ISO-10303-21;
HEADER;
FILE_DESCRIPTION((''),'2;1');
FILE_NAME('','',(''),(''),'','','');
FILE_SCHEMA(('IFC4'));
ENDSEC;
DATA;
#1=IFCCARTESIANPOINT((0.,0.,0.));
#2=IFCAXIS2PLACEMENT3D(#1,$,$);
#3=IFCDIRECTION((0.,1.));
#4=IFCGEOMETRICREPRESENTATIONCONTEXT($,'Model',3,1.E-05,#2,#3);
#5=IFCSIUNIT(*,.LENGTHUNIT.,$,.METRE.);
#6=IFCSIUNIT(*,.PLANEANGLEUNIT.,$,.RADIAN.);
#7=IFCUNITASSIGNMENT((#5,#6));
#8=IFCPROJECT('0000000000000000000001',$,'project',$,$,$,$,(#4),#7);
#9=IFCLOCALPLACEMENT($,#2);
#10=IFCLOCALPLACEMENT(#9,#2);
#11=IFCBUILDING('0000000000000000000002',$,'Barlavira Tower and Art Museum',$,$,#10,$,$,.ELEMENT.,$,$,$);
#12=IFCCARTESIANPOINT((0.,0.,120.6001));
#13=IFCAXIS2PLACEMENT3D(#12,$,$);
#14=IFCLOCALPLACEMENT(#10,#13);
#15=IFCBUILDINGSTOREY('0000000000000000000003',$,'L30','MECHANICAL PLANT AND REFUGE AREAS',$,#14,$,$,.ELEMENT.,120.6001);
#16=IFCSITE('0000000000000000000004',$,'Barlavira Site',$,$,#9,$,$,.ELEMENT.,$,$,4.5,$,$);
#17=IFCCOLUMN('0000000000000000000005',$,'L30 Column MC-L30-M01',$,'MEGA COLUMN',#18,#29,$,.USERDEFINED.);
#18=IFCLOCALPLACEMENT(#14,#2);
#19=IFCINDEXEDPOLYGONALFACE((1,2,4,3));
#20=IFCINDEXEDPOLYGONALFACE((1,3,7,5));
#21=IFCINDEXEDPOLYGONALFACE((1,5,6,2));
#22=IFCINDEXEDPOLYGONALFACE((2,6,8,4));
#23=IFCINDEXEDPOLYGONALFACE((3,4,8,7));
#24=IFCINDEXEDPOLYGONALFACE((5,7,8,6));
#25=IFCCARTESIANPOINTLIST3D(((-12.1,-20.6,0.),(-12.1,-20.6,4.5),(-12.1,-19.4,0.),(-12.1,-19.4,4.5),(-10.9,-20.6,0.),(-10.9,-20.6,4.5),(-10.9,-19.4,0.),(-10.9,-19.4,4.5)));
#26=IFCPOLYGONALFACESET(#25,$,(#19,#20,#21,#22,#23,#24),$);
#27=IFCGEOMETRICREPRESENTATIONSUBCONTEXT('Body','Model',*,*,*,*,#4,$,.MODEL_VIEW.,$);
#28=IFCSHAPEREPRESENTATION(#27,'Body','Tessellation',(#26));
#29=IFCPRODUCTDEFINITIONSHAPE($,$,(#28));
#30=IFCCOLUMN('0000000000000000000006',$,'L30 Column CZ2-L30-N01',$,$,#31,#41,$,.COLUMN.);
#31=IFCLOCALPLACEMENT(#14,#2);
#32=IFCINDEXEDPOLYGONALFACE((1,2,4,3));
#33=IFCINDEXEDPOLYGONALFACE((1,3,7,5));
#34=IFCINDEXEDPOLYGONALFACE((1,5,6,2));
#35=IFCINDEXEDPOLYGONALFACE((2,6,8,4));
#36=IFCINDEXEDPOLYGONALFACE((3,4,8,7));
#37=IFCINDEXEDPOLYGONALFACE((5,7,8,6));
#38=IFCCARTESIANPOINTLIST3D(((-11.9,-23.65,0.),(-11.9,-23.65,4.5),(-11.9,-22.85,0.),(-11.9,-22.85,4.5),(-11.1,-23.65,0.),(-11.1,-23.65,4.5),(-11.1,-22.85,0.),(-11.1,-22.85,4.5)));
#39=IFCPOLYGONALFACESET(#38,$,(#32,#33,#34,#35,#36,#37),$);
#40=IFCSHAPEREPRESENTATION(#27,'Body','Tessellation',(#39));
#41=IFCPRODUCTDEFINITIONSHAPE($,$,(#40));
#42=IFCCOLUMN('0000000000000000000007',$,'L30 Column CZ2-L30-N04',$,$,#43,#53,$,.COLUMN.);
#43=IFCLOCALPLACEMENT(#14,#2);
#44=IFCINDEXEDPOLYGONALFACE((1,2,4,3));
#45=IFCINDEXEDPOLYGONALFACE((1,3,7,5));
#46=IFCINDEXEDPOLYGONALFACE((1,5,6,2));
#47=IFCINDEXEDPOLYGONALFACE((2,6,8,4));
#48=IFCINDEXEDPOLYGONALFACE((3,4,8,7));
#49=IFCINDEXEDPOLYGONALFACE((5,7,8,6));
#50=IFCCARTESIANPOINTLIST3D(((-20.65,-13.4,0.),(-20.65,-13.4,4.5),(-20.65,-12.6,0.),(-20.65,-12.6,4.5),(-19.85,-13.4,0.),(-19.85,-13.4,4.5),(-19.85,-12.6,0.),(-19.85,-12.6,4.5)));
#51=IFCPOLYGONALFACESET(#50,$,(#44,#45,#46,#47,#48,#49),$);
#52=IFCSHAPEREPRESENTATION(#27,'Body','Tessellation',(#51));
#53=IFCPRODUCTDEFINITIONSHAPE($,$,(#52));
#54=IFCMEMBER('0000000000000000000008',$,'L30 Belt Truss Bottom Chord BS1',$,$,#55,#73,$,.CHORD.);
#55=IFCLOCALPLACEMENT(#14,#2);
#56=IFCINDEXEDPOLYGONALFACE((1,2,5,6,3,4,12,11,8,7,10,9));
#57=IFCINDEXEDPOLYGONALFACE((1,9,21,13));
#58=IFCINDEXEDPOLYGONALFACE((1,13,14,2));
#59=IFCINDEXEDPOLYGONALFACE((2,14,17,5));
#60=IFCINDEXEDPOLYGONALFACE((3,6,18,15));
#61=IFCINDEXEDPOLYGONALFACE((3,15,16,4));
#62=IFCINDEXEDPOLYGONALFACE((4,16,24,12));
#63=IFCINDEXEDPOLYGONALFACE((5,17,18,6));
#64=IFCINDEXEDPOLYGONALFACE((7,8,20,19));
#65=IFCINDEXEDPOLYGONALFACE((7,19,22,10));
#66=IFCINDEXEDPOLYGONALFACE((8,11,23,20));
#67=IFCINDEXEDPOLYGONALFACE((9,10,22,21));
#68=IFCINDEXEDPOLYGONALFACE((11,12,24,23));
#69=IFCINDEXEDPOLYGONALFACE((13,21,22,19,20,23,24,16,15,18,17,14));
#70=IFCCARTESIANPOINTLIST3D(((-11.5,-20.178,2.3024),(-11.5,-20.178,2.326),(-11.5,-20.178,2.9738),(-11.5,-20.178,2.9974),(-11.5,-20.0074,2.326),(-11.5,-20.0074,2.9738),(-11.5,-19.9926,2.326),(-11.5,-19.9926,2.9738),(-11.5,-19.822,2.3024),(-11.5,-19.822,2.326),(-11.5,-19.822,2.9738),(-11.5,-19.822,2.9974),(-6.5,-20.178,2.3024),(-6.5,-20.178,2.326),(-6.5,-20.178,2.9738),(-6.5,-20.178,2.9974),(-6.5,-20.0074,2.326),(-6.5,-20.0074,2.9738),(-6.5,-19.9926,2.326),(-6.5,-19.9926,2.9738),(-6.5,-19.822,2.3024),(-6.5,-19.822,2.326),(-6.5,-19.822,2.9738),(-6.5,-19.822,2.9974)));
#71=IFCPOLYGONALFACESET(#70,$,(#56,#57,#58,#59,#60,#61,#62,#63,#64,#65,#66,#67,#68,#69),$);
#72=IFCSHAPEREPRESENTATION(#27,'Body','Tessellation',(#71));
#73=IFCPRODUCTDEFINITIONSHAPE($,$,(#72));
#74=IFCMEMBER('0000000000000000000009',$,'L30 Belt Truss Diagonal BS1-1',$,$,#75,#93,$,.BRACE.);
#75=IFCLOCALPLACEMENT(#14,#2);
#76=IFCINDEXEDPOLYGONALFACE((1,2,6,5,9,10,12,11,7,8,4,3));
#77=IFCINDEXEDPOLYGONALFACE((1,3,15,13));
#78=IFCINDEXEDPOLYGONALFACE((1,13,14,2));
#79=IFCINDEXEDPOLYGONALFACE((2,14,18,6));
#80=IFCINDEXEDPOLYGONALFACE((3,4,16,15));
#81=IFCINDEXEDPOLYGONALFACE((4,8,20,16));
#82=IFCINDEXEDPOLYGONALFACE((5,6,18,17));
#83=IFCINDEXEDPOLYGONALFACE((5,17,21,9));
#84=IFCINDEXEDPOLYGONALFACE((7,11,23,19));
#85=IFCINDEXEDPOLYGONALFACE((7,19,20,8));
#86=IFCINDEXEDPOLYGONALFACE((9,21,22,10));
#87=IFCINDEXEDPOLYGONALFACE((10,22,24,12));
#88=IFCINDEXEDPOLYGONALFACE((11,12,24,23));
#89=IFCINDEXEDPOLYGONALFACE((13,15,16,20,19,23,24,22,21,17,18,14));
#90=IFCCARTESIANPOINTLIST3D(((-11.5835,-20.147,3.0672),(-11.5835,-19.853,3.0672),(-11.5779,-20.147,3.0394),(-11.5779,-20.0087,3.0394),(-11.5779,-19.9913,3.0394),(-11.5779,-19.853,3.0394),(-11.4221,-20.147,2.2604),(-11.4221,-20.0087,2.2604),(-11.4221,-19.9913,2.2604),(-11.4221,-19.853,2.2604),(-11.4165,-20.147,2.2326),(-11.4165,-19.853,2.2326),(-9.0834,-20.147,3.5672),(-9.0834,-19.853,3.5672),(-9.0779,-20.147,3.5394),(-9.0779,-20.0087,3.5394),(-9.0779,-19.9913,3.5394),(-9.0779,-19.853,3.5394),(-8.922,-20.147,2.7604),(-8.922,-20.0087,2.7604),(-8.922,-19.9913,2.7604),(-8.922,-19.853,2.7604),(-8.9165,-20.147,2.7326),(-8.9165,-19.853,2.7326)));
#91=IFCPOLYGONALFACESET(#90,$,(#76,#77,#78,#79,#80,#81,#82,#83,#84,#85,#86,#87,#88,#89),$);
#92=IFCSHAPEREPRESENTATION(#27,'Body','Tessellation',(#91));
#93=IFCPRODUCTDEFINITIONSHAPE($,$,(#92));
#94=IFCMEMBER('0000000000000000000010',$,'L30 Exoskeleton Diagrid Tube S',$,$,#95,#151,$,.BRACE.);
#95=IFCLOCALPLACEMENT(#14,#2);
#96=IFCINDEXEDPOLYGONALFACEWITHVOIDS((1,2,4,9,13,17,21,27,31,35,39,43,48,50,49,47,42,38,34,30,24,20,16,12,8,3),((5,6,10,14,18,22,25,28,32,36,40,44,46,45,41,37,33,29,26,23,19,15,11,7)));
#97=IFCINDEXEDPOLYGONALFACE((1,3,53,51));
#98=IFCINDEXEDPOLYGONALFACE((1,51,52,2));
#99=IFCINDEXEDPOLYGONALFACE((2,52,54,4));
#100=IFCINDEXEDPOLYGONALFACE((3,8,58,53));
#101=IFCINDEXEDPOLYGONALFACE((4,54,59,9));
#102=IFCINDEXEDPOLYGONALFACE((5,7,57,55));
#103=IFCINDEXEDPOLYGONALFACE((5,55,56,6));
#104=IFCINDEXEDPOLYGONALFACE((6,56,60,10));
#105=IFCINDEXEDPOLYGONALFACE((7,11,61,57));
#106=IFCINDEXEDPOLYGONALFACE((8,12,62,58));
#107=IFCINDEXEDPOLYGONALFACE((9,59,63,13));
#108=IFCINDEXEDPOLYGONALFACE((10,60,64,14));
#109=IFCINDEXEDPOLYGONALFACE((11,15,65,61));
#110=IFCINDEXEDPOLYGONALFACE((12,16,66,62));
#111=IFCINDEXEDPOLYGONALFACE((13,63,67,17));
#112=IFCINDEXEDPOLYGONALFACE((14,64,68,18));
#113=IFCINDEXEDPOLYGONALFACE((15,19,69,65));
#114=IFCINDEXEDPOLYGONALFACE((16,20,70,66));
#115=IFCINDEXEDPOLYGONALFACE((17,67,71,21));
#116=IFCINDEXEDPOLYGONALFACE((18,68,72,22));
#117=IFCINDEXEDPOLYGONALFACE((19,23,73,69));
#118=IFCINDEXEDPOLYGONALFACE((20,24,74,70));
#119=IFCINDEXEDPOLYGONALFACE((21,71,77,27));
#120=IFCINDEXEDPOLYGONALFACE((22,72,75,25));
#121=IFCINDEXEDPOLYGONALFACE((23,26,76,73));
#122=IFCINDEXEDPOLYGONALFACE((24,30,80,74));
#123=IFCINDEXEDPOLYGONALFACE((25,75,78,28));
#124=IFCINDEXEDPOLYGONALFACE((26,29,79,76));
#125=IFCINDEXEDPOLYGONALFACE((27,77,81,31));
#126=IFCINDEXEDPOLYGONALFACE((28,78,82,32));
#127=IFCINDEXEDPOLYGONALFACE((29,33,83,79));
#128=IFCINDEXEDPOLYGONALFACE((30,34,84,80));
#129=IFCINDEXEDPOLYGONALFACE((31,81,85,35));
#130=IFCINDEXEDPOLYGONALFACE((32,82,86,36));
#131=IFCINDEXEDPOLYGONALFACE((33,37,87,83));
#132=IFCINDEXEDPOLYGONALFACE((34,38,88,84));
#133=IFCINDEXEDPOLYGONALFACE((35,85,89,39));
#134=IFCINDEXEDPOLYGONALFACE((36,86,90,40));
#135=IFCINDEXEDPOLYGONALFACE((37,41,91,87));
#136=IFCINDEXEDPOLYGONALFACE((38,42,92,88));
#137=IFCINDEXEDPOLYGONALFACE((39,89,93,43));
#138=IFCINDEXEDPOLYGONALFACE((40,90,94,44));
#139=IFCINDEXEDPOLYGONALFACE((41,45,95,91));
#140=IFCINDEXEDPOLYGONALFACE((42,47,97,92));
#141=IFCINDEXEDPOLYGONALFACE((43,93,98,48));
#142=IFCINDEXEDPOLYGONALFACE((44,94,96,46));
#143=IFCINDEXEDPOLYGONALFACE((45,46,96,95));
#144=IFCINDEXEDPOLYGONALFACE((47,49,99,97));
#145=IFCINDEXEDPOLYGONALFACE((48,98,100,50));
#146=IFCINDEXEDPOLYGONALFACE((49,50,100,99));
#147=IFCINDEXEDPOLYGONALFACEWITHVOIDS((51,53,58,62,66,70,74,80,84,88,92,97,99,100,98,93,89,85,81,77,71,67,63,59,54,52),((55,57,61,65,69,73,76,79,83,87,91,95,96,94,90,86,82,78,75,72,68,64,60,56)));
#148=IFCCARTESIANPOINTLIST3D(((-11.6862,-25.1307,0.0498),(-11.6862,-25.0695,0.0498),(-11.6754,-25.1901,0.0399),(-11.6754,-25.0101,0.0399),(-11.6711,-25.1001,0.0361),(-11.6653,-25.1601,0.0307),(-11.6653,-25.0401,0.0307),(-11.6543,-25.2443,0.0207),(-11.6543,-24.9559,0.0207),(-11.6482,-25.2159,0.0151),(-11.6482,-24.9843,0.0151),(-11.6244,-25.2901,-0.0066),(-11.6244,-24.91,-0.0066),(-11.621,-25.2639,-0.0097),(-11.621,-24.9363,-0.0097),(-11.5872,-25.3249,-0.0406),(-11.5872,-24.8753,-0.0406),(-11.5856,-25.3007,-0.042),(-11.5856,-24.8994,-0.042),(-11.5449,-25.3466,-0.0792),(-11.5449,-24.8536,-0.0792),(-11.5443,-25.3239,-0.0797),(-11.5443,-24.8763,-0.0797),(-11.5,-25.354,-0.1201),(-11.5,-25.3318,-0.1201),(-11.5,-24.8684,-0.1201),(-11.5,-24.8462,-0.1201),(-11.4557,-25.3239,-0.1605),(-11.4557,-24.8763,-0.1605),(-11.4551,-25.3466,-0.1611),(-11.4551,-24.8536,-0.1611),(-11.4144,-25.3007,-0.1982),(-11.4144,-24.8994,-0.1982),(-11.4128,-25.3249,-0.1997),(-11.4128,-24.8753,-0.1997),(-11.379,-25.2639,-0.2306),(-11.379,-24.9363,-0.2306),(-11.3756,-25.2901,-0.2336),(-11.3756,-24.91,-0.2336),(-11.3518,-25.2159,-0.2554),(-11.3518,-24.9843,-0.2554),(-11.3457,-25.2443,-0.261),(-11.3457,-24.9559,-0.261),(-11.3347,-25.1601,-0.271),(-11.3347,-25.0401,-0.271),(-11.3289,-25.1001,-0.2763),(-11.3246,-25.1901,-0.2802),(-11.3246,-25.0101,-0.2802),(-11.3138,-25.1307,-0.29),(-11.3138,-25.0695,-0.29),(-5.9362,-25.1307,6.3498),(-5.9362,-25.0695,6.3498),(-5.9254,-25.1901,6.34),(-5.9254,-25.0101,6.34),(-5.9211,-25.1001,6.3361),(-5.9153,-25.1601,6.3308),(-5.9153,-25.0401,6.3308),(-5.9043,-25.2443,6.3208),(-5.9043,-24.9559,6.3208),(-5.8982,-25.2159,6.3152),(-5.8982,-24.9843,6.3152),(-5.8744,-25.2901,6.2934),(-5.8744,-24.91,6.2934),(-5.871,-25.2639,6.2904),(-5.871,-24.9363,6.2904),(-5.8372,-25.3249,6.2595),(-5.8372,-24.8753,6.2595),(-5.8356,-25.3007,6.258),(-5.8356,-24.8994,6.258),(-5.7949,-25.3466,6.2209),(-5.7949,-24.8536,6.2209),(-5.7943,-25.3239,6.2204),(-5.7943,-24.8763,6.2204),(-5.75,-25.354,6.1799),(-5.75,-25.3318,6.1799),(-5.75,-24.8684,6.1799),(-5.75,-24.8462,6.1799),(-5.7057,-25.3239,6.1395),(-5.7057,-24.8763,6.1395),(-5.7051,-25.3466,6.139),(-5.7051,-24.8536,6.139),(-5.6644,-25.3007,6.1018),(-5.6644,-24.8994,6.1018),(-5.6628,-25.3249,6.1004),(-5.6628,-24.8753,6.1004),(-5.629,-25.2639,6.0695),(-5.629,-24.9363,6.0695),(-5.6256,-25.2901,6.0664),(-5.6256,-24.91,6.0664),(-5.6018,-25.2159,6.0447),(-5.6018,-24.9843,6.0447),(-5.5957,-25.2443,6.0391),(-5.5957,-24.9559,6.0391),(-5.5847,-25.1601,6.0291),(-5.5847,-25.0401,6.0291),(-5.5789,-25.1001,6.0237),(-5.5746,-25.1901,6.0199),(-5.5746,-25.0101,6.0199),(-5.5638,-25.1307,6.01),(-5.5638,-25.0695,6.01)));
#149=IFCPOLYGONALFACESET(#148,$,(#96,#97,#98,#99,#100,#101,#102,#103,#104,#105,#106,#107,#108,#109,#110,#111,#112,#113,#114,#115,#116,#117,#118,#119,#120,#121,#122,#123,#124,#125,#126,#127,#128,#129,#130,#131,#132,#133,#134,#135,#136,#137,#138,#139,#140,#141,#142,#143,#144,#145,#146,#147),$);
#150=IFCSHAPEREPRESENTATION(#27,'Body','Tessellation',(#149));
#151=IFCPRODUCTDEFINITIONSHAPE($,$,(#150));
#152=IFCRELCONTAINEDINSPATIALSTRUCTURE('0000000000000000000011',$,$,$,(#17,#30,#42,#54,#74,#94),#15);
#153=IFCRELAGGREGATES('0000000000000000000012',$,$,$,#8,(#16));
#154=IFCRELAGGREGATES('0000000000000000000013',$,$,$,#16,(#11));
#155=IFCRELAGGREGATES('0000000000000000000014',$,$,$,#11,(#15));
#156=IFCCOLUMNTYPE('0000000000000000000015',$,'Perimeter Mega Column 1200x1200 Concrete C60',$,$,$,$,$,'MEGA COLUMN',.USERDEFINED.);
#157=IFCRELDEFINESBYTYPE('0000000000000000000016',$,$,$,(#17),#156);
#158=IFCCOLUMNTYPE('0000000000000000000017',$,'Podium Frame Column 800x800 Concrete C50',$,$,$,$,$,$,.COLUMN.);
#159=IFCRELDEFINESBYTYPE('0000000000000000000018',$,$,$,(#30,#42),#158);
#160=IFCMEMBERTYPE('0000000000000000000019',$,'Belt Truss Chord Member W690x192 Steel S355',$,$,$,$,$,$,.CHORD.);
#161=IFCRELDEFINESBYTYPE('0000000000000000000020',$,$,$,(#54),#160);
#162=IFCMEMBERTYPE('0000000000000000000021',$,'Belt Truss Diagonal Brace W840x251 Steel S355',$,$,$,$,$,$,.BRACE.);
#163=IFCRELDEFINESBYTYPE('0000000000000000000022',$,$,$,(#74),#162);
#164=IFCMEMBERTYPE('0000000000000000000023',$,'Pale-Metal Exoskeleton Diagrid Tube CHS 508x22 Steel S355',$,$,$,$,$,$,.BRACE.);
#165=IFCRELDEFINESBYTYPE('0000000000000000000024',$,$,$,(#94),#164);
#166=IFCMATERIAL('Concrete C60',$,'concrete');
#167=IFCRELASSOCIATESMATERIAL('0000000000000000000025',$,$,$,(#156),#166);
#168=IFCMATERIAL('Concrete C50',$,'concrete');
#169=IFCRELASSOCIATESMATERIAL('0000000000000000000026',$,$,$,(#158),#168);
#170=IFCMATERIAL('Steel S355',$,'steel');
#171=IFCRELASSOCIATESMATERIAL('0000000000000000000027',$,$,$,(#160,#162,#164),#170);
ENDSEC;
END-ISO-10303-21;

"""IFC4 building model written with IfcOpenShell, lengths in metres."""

from ifc_helpers import new_model, si_unit, direction, frame, origin, origin_2d, place, context, subcontext, project, spatial, rectangle, hollow_circle, i_section, extrude, material, material_profile, profile_set, type_object, element, save


model = new_model("IFC4")

# Units and contexts
model_context = context("Model", 3, precision=1e-05, world=origin(), true_north=direction((0.0, 1.0)))
body_context = subcontext(model_context, "Body", "Model", "MODEL_VIEW")
ifc_project = project(units=[si_unit("LENGTHUNIT", "METRE"), si_unit("PLANEANGLEUNIT", "RADIAN")], contexts=[model_context])

# Site, building, storey
site_placement = place(None, origin())
site = spatial("IfcSite", under=ifc_project, at=site_placement, Name="Barlavira Site", CompositionType="ELEMENT", RefElevation=4.5)
building_placement = place(site_placement, origin())
building = spatial("IfcBuilding", under=site, at=building_placement, Name="Barlavira Tower and Art Museum", CompositionType="ELEMENT")
storey_placement = place(building_placement, frame((0.0, 0.0, 120.6001)))
storey = spatial("IfcBuildingStorey", under=building, at=storey_placement, Name="L30", Description="MECHANICAL PLANT AND REFUGE AREAS", CompositionType="ELEMENT", Elevation=120.6001)

# Columns
ifc_material_1 = material(Name="Concrete C60", Category="concrete")
ifc_material_profile_1 = material_profile(ifc_material_1, rectangle(XDim=1.2, YDim=1.2, at=origin_2d()), Name="RC-COL 1200x1200")
ifc_profile_set_1 = profile_set([ifc_material_profile_1], Name="Concrete C60")
column_type_1 = type_object("IfcColumnType", Name="Perimeter Mega Column 1200x1200 Concrete C60", ElementType="MEGA COLUMN", PredefinedType="USERDEFINED", material=ifc_profile_set_1)
column_placement = place(storey_placement, frame((-11.5, -20.0, 0.0), z_axis=(0.0, 0.0, 1.0), x_axis=(1.0, 0.0, 0.0)))
element("IfcColumn", 1, at=column_placement, inside=storey, type_object=column_type_1, Name="L30 Column MC-L30-M01", ObjectType="MEGA COLUMN", PredefinedType="USERDEFINED", context=body_context, shape_type="SweptSolid", body=[
    extrude(rectangle(XDim=1.2, YDim=1.2, at=origin_2d()), origin(), (0.0, 0.0, 1.0), 4.5),
])
ifc_material_2 = material(Name="Concrete C50", Category="concrete")
ifc_material_profile_2 = material_profile(ifc_material_2, rectangle(XDim=0.8, YDim=0.8, at=origin_2d()), Name="RC-COL 800x800")
ifc_profile_set_2 = profile_set([ifc_material_profile_2], Name="Concrete C50")
column_type_2 = type_object("IfcColumnType", Name="Podium Frame Column 800x800 Concrete C50", PredefinedType="COLUMN", material=ifc_profile_set_2)
for number, where, z_axis, x_axis, name in (
    (2, (-11.5, -23.25, 0.0), (0.0, 0.0, 1.0), (1.0, 0.0, 0.0), "L30 Column CZ2-L30-N01"),
    (3, (-20.25, -13.0, 0.0), (0.0, 0.0, 1.0), (1.0, 0.0, 0.0), "L30 Column CZ2-L30-N04"),
):
    element("IfcColumn", number, at=place(storey_placement, frame(where, z_axis=z_axis, x_axis=x_axis)), inside=storey, type_object=column_type_2, Name=name, PredefinedType="COLUMN", context=body_context, shape_type="SweptSolid", body=[
        extrude(rectangle(XDim=0.8, YDim=0.8, at=origin_2d()), origin(), (0.0, 0.0, 1.0), 4.5),
    ])

# Members
ifc_material_3 = material(Name="Steel S355", Category="steel")
ifc_material_profile_3 = material_profile(ifc_material_3, i_section(OverallWidth=0.356, OverallDepth=0.6951, WebThickness=0.0149, FlangeThickness=0.0237, at=origin_2d()), Name="W690x192.0")
ifc_profile_set_3 = profile_set([ifc_material_profile_3], Name="Steel S355")
member_type_1 = type_object("IfcMemberType", Name="Belt Truss Chord Member W690x192 Steel S355", PredefinedType="CHORD", material=ifc_profile_set_3)
member_1_placement = place(storey_placement, frame((-11.5, -20.0, 2.6499), z_axis=(1.0, 0.0, 0.0), x_axis=(0.0, 1.0, 0.0)))
element("IfcMember", 4, at=member_1_placement, inside=storey, type_object=member_type_1, Name="L30 Belt Truss Bottom Chord BS1", PredefinedType="CHORD", context=body_context, shape_type="SweptSolid", body=[
    extrude(i_section(OverallWidth=0.356, OverallDepth=0.6951, WebThickness=0.0149, FlangeThickness=0.0237, at=origin_2d()), origin(), (0.0, 0.0, 1.0), 5.0),
])
ifc_material_profile_4 = material_profile(ifc_material_3, i_section(OverallWidth=0.2939, OverallDepth=0.8511, WebThickness=0.0173, FlangeThickness=0.0283, at=origin_2d()), Name="W840x251.0")
ifc_profile_set_4 = profile_set([ifc_material_profile_4], Name="Steel S355")
member_type_2 = type_object("IfcMemberType", Name="Belt Truss Diagonal Brace W840x251 Steel S355", PredefinedType="BRACE", material=ifc_profile_set_4)
member_2_placement = place(storey_placement, frame((-11.5, -20.0, 2.6499), z_axis=(0.980581, 0.0, 0.196116), x_axis=(0.0, 1.0, 0.0)))
element("IfcMember", 5, at=member_2_placement, inside=storey, type_object=member_type_2, Name="L30 Belt Truss Diagonal BS1-1", PredefinedType="BRACE", context=body_context, shape_type="SweptSolid", body=[
    extrude(i_section(OverallWidth=0.2939, OverallDepth=0.8511, WebThickness=0.0173, FlangeThickness=0.0283, at=origin_2d()), origin(), (0.0, 0.0, 1.0), 2.5496),
])
ifc_material_profile_5 = material_profile(ifc_material_3, hollow_circle(Radius=0.2539, WallThickness=0.0222, at=origin_2d()), Name="CHS 508.0x22.2")
ifc_profile_set_5 = profile_set([ifc_material_profile_5], Name="Steel S355")
member_type_3 = type_object("IfcMemberType", Name="Pale-Metal Exoskeleton Diagrid Tube CHS 508x22 Steel S355", PredefinedType="BRACE", material=ifc_profile_set_5)
member_3_placement = place(storey_placement, frame((-11.5, -25.1001, -0.1201), z_axis=(0.674128, 0.0, 0.738615), x_axis=(0.0, 1.0, 0.0)))
element("IfcMember", 6, at=member_3_placement, inside=storey, type_object=member_type_3, Name="L30 Exoskeleton Diagrid Tube S", PredefinedType="BRACE", context=body_context, shape_type="SweptSolid", body=[
    extrude(hollow_circle(Radius=0.2539, WallThickness=0.0222, at=origin_2d()), origin(), (0.0, 0.0, 1.0), 8.5295),
])

save(model, "model.ifc")
